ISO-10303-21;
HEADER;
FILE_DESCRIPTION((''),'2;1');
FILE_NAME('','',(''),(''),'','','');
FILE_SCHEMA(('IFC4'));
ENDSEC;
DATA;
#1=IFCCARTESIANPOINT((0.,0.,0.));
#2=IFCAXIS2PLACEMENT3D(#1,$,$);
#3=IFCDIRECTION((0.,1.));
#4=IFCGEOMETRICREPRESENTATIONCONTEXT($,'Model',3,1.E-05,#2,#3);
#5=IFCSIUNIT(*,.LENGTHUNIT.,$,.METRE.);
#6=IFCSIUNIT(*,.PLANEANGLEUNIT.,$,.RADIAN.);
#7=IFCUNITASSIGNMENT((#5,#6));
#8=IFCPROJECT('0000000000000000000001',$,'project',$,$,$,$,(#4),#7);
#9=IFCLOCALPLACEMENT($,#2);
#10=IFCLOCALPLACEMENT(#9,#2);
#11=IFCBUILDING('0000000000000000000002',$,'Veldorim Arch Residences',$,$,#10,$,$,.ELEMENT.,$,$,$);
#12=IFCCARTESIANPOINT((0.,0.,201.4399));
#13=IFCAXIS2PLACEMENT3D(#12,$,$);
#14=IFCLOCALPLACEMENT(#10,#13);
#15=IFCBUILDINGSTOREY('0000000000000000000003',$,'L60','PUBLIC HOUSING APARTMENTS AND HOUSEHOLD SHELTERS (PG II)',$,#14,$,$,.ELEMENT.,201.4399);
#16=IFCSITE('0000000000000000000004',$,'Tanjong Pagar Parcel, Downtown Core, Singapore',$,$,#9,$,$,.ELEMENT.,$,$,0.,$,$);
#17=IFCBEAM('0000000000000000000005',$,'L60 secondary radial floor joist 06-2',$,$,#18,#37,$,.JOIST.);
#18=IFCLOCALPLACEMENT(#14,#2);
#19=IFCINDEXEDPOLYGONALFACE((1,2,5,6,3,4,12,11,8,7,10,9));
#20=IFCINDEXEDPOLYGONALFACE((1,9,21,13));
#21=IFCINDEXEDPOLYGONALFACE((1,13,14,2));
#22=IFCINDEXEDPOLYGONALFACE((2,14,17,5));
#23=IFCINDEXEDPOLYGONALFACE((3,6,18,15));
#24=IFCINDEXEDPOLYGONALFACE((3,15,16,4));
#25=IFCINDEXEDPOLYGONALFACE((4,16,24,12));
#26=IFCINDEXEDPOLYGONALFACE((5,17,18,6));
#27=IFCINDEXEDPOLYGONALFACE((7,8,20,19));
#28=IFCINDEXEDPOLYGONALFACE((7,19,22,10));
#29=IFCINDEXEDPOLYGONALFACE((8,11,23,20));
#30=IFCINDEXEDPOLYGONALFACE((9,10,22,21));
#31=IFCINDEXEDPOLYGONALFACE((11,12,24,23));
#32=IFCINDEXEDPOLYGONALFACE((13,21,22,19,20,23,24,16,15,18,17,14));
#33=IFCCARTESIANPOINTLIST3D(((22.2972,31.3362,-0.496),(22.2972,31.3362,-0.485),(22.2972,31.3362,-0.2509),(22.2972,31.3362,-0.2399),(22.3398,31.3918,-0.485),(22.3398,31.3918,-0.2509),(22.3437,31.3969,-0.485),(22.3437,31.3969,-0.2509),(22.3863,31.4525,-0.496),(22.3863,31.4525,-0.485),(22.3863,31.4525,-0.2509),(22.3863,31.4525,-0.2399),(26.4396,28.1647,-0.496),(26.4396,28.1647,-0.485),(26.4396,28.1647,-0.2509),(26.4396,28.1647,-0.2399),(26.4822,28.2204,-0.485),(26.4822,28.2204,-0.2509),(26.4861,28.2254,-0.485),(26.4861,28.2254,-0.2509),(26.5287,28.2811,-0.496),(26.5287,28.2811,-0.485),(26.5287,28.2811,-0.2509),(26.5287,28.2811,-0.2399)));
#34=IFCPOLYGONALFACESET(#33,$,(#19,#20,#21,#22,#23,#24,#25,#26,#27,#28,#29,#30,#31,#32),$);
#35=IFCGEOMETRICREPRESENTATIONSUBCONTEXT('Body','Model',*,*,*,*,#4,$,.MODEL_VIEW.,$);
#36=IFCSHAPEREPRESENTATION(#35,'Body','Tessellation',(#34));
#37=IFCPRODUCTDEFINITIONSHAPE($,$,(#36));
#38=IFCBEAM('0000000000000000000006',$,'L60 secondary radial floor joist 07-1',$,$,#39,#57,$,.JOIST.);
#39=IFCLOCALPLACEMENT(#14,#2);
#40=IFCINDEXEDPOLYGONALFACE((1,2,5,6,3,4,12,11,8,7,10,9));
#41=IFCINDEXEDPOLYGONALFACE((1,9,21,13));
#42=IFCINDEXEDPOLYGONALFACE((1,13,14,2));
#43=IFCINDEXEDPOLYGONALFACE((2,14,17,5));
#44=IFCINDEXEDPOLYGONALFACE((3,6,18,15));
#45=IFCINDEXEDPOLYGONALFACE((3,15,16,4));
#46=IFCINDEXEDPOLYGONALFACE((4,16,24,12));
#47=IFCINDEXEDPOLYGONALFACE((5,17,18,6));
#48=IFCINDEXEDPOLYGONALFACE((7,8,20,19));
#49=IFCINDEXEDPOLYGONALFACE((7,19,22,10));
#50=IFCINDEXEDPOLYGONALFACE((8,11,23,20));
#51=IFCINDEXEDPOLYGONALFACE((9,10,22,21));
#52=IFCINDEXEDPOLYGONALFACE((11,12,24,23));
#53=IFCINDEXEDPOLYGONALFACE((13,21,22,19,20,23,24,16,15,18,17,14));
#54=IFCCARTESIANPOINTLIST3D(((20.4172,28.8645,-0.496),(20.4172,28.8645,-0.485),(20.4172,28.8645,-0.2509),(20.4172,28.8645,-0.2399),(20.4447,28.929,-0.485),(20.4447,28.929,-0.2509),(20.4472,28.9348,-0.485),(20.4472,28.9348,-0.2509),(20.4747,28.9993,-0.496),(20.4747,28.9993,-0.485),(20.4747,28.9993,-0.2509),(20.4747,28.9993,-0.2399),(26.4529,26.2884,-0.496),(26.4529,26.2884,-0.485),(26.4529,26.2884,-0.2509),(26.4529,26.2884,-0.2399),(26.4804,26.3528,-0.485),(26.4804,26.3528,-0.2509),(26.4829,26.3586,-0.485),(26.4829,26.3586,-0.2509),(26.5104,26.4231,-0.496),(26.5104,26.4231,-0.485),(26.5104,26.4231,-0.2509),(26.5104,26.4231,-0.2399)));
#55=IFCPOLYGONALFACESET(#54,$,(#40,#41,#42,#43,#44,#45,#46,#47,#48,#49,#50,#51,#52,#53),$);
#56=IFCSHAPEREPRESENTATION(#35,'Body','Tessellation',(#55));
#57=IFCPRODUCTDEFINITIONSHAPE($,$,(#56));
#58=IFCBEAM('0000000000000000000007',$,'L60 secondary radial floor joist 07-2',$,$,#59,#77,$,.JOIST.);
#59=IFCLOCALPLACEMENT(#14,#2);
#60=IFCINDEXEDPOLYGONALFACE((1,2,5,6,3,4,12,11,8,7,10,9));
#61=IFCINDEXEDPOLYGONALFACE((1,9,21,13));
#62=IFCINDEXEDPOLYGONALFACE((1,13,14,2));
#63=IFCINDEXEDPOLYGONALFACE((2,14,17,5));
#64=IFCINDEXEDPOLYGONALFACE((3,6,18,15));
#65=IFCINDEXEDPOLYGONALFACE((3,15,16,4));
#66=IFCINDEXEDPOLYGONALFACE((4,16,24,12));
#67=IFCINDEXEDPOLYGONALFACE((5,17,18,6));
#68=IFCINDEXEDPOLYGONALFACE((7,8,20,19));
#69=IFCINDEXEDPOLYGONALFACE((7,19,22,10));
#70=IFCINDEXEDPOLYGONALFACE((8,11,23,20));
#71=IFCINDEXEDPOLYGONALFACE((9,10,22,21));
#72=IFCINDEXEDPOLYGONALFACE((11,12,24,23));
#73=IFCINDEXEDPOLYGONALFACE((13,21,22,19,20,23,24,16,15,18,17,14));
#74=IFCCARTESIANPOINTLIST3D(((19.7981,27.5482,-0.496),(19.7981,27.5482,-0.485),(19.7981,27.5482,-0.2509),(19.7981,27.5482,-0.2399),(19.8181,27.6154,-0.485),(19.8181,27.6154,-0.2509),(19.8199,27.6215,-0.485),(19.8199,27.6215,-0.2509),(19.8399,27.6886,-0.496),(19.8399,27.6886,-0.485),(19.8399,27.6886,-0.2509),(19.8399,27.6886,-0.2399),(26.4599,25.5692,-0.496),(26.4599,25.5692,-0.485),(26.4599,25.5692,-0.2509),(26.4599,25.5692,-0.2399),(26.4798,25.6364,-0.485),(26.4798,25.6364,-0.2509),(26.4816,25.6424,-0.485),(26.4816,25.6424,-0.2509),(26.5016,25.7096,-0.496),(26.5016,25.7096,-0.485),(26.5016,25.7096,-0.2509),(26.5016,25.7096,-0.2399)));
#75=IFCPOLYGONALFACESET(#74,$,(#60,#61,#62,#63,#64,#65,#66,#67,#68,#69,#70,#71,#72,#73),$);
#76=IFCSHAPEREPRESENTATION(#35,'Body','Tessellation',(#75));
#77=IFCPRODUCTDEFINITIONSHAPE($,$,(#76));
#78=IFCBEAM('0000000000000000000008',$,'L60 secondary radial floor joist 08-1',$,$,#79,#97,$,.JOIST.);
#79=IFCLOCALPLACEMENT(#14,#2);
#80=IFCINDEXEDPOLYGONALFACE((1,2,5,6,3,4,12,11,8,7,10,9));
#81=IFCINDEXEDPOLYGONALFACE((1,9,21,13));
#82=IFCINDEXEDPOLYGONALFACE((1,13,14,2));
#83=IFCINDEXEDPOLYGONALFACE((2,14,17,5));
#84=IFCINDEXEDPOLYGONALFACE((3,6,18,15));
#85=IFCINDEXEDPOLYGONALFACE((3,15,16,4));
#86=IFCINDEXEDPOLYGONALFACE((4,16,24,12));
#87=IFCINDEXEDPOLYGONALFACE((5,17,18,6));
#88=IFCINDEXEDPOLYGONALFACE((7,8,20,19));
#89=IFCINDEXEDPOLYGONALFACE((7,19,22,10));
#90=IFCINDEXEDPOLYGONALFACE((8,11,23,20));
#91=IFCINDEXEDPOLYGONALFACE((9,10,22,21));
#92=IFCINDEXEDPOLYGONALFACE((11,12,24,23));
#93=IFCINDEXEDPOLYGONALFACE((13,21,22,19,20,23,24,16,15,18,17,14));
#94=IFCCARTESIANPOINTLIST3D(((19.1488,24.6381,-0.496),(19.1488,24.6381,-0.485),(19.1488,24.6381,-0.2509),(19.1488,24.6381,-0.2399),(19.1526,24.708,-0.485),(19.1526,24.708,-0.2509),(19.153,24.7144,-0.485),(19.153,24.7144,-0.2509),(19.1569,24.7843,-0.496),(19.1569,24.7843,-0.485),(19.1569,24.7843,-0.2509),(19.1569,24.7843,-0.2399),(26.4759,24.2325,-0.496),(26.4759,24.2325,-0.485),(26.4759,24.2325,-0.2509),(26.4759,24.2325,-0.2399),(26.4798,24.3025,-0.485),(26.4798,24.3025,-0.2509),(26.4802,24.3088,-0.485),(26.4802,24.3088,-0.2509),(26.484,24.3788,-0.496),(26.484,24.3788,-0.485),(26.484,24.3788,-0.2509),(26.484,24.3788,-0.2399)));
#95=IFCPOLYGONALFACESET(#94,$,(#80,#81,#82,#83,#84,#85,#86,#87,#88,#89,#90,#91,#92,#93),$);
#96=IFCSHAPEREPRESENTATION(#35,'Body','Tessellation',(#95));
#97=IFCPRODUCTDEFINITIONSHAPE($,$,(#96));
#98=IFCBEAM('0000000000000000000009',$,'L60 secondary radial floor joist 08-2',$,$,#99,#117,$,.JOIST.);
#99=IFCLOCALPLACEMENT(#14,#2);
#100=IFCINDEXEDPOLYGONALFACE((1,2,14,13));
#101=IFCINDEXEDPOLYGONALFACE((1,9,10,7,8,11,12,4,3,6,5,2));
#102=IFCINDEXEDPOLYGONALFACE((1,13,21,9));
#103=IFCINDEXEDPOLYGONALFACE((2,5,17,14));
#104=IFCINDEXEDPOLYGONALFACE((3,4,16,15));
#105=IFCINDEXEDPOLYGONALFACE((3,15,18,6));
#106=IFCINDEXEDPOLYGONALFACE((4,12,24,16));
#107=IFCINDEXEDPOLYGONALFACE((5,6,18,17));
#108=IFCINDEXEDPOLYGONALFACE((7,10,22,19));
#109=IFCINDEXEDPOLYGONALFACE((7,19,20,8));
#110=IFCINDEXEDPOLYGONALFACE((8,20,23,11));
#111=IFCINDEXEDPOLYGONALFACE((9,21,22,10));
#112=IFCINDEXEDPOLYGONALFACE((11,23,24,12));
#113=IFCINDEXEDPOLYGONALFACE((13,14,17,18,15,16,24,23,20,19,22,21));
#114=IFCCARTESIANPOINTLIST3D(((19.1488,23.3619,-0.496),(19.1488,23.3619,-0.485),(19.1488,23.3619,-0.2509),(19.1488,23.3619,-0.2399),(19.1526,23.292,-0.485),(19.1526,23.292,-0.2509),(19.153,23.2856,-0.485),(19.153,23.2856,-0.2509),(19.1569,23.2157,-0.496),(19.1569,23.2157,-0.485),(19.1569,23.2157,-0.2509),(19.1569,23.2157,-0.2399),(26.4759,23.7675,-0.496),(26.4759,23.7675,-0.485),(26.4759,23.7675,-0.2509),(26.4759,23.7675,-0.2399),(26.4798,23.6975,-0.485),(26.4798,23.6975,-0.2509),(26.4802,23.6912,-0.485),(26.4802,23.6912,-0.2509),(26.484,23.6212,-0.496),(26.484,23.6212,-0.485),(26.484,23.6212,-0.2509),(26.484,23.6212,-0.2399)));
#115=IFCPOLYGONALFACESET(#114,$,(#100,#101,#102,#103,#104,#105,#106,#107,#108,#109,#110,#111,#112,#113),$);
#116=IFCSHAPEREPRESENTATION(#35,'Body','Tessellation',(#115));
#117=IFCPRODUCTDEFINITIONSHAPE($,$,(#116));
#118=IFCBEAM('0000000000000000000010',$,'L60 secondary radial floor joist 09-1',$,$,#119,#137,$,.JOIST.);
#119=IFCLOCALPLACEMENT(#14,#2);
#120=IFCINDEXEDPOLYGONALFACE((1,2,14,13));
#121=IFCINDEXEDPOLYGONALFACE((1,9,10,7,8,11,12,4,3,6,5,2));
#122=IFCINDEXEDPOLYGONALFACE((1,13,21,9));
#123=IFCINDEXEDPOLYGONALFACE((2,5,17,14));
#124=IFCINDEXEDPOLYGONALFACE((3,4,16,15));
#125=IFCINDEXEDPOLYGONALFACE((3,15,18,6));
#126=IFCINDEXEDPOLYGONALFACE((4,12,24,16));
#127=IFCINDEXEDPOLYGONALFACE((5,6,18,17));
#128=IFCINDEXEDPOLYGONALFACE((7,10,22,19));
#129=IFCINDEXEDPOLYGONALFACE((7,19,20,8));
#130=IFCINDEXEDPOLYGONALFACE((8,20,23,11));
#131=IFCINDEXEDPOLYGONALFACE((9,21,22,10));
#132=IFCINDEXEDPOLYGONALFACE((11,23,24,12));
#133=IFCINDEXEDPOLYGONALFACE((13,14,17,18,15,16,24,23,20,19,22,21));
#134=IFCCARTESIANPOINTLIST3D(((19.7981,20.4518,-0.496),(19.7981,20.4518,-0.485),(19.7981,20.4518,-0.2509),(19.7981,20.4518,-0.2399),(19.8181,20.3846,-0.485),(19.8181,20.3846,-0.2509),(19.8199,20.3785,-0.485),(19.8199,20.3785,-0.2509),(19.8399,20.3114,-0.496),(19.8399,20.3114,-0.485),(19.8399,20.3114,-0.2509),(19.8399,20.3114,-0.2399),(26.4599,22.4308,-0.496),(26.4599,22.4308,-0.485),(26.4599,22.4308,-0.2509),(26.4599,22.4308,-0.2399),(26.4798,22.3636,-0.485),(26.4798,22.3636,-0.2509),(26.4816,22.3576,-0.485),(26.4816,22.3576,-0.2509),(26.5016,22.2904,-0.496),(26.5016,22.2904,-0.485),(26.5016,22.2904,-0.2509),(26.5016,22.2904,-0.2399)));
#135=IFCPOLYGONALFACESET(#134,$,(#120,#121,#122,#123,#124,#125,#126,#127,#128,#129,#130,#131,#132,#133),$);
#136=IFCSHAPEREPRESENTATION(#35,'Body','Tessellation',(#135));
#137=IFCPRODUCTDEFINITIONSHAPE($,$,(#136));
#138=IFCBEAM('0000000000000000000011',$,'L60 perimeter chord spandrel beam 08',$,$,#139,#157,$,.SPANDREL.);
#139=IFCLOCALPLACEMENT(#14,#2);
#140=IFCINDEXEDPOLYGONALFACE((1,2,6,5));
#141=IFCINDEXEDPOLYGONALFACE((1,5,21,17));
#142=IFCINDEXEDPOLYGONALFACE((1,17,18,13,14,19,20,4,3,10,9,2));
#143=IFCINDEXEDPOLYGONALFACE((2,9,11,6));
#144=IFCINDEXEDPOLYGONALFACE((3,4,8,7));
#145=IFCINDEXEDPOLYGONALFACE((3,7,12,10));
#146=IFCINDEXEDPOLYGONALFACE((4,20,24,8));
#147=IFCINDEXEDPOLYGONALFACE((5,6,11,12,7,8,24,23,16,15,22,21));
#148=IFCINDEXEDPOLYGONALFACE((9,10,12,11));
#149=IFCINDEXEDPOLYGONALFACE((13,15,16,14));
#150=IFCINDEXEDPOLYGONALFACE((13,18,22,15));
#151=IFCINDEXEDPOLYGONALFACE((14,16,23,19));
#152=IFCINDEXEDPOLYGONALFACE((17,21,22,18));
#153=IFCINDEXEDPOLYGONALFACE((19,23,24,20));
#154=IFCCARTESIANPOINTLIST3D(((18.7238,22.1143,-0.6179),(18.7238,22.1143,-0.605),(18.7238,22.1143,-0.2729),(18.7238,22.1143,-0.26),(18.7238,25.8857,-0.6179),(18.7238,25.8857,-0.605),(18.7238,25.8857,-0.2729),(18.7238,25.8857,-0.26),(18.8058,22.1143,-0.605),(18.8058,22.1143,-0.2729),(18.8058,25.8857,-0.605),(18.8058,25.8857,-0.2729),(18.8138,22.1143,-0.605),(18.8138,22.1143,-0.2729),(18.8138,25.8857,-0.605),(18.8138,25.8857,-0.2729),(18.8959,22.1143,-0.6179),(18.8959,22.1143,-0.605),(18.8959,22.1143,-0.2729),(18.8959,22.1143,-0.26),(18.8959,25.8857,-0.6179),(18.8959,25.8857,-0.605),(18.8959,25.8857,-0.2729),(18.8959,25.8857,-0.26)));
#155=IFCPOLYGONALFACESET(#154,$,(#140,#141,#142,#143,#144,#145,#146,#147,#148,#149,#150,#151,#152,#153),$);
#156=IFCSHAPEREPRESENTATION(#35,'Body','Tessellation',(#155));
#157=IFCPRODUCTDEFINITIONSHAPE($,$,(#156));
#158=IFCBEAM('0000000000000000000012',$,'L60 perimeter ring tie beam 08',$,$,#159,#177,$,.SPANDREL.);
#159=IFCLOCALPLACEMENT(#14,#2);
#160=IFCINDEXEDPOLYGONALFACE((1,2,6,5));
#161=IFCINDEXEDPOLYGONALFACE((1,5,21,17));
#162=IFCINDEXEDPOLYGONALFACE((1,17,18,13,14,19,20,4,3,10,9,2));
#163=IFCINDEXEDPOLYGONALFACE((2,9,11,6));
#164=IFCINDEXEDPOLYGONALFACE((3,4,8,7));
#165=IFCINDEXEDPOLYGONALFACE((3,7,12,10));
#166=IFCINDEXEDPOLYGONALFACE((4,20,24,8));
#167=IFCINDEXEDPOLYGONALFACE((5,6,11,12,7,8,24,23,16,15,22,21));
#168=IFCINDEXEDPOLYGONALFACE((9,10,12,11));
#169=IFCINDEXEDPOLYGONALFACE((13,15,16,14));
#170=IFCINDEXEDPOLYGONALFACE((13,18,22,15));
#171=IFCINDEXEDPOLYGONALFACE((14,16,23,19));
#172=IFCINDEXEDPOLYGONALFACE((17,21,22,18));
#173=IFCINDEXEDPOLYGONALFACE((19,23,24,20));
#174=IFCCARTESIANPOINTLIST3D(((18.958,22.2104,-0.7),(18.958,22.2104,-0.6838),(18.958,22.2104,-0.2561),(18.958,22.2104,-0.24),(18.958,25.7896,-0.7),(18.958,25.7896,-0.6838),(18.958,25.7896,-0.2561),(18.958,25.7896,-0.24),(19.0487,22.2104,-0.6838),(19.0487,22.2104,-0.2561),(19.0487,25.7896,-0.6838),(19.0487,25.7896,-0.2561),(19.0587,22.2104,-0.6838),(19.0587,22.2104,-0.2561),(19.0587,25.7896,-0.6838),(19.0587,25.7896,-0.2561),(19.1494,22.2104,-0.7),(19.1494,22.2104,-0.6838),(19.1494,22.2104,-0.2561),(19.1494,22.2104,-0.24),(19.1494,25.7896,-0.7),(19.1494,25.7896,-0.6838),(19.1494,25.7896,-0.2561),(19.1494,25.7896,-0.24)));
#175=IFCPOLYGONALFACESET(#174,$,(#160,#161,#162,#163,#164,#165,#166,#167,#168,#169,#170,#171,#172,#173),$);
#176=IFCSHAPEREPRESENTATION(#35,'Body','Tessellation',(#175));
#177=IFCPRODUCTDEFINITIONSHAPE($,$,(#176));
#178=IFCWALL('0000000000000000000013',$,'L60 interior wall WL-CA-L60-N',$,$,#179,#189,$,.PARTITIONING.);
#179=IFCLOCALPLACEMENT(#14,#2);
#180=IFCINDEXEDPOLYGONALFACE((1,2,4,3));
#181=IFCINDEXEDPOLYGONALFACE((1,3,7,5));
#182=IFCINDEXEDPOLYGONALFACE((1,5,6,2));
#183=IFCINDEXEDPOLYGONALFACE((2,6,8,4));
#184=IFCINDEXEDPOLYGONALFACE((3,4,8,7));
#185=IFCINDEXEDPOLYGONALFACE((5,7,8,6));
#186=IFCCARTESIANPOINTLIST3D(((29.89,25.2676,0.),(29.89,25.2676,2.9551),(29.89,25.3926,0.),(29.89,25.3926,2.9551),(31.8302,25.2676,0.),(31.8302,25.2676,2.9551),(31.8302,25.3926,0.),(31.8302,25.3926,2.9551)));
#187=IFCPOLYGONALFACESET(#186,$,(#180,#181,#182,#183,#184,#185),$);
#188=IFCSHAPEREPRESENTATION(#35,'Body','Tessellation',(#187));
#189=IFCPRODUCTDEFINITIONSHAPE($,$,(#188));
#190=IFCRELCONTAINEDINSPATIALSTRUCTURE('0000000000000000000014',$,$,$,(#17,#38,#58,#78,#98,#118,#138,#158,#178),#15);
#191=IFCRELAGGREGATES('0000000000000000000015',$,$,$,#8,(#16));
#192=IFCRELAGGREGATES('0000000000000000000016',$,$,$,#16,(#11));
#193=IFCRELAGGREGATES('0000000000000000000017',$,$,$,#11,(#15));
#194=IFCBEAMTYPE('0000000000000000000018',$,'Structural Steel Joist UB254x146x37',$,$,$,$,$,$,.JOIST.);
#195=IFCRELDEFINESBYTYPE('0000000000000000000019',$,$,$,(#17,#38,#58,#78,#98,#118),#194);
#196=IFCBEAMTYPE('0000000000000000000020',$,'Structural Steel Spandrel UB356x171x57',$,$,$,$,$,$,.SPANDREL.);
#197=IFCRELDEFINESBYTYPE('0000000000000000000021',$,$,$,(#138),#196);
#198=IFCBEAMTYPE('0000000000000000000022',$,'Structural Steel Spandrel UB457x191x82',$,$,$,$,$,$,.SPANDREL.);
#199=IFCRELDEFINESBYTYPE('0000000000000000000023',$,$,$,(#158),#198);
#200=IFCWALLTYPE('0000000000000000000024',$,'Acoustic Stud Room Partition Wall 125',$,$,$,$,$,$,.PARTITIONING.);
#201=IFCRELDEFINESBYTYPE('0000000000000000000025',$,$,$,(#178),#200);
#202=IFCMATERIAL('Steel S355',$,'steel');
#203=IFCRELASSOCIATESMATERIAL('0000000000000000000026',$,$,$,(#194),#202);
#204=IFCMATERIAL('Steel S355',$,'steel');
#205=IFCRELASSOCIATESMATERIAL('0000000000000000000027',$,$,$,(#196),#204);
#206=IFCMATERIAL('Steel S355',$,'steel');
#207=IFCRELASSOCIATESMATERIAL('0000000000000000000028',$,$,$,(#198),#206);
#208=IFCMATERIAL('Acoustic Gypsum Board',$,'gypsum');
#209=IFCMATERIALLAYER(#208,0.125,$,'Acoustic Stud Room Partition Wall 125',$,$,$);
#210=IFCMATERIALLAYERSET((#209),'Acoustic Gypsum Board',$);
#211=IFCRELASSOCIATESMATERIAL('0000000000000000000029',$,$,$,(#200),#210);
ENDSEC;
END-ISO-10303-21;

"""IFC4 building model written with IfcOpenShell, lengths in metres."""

from ifc_helpers import new_model, si_unit, direction, frame, frame_2d, origin, origin_2d, place, context, subcontext, project, spatial, rectangle, i_section, extrude, material, layer, layer_set, material_profile, profile_set, type_object, element, save


model = new_model("IFC4")

# Units and contexts
model_context = context("Model", 3, precision=1e-05, world=origin(), true_north=direction((0.0, 1.0)))
body_context = subcontext(model_context, "Body", "Model", "MODEL_VIEW")
ifc_project = project(units=[si_unit("LENGTHUNIT", "METRE"), si_unit("PLANEANGLEUNIT", "RADIAN")], contexts=[model_context])

# Site, building, storey
site_placement = place(None, origin())
site = spatial("IfcSite", under=ifc_project, at=site_placement, Name="Tanjong Pagar Parcel, Downtown Core, Singapore", CompositionType="ELEMENT", RefElevation=0.0)
building_placement = place(site_placement, origin())
building = spatial("IfcBuilding", under=site, at=building_placement, Name="Veldorim Arch Residences", CompositionType="ELEMENT")
storey_placement = place(building_placement, frame((0.0, 0.0, 201.4399)))
storey = spatial("IfcBuildingStorey", under=building, at=storey_placement, Name="L60", Description="PUBLIC HOUSING APARTMENTS AND HOUSEHOLD SHELTERS (PG II)", CompositionType="ELEMENT", Elevation=201.4399)

# Beams
ifc_material_1 = material(Name="Steel S355", Category="steel")
ifc_material_profile_1 = material_profile(ifc_material_1, i_section(OverallWidth=0.1465, OverallDepth=0.2561, WebThickness=0.0063, FlangeThickness=0.011, at=origin_2d()), Name="UB254x146x37")
ifc_profile_set_1 = profile_set([ifc_material_profile_1], Name="Steel S355")
beam_type_1 = type_object("IfcBeamType", Name="Structural Steel Joist UB254x146x37", PredefinedType="JOIST", material=ifc_profile_set_1)
beam_1_placement = place(storey_placement, frame((26.4841, 28.2229, -0.3679), z_axis=(-0.794014, 0.6079, 0.0), x_axis=(-0.6079, -0.794014, 0.0)))
element("IfcBeam", 1, at=beam_1_placement, inside=storey, type_object=beam_type_1, Name="L60 secondary radial floor joist 06-2", PredefinedType="JOIST", context=body_context, shape_type="SweptSolid", body=[
    extrude(i_section(OverallWidth=0.1465, OverallDepth=0.2561, WebThickness=0.0063, FlangeThickness=0.011, at=origin_2d()), origin(), (0.0, 0.0, 1.0), 5.217),
])
beam_2_placement = place(storey_placement, frame((26.4817, 26.3557, -0.3679), z_axis=(-0.919725, 0.392563, 0.0), x_axis=(-0.392563, -0.919725, 0.0)))
element("IfcBeam", 2, at=beam_2_placement, inside=storey, type_object=beam_type_1, Name="L60 secondary radial floor joist 07-1", PredefinedType="JOIST", context=body_context, shape_type="SweptSolid", body=[
    extrude(i_section(OverallWidth=0.1465, OverallDepth=0.2561, WebThickness=0.0063, FlangeThickness=0.011, at=origin_2d()), origin(), (0.0, 0.0, 1.0), 6.5625),
])
beam_3_placement = place(storey_placement, frame((26.4807, 25.6394, -0.3679), z_axis=(-0.958594, 0.284775, 0.0), x_axis=(-0.284775, -0.958594, 0.0)))
element("IfcBeam", 3, at=beam_3_placement, inside=storey, type_object=beam_type_1, Name="L60 secondary radial floor joist 07-2", PredefinedType="JOIST", context=body_context, shape_type="SweptSolid", body=[
    extrude(i_section(OverallWidth=0.1465, OverallDepth=0.2561, WebThickness=0.0063, FlangeThickness=0.011, at=origin_2d()), origin(), (0.0, 0.0, 1.0), 6.9495),
])
for number, where, z_axis, x_axis, name in (
    (4, (26.48, 24.3057, -0.3679), (-0.998472, 0.05526, 0.0), (-0.05526, -0.998472, 0.0), "L60 secondary radial floor joist 08-1"),
    (5, (26.48, 23.6943, -0.3679), (-0.998472, -0.05526, 0.0), (0.05526, -0.998472, 0.0), "L60 secondary radial floor joist 08-2"),
):
    element("IfcBeam", number, at=place(storey_placement, frame(where, z_axis=z_axis, x_axis=x_axis)), inside=storey, type_object=beam_type_1, Name=name, PredefinedType="JOIST", context=body_context, shape_type="SweptSolid", body=[
        extrude(i_section(OverallWidth=0.1465, OverallDepth=0.2561, WebThickness=0.0063, FlangeThickness=0.011, at=origin_2d()), origin(), (0.0, 0.0, 1.0), 7.3384),
    ])
beam_4_placement = place(storey_placement, frame((26.4807, 22.3606, -0.3679), z_axis=(-0.958594, -0.284775, 0.0), x_axis=(0.284775, -0.958594, 0.0)))
element("IfcBeam", 6, at=beam_4_placement, inside=storey, type_object=beam_type_1, Name="L60 secondary radial floor joist 09-1", PredefinedType="JOIST", context=body_context, shape_type="SweptSolid", body=[
    extrude(i_section(OverallWidth=0.1465, OverallDepth=0.2561, WebThickness=0.0063, FlangeThickness=0.011, at=origin_2d()), origin(), (0.0, 0.0, 1.0), 6.9495),
])
ifc_material_2 = material(Name="Steel S355", Category="steel")
ifc_material_profile_2 = material_profile(ifc_material_2, i_section(OverallWidth=0.1721, OverallDepth=0.3579, WebThickness=0.0081, FlangeThickness=0.0129, at=origin_2d()), Name="UB356x171x57")
ifc_profile_set_2 = profile_set([ifc_material_profile_2], Name="Steel S355")
beam_type_2 = type_object("IfcBeamType", Name="Structural Steel Spandrel UB356x171x57", PredefinedType="SPANDREL", material=ifc_profile_set_2)
beam_5_placement = place(storey_placement, frame((18.8098, 25.8857, -0.439), z_axis=(0.0, -1.0, 0.0), x_axis=(1.0, 0.0, 0.0)))
element("IfcBeam", 7, at=beam_5_placement, inside=storey, type_object=beam_type_2, Name="L60 perimeter chord spandrel beam 08", PredefinedType="SPANDREL", context=body_context, shape_type="SweptSolid", body=[
    extrude(i_section(OverallWidth=0.1721, OverallDepth=0.3579, WebThickness=0.0081, FlangeThickness=0.0129, at=origin_2d()), origin(), (0.0, 0.0, 1.0), 3.7715),
])
ifc_material_3 = material(Name="Steel S355", Category="steel")
ifc_material_profile_3 = material_profile(ifc_material_3, i_section(OverallWidth=0.1914, OverallDepth=0.46, WebThickness=0.01, FlangeThickness=0.0161, at=origin_2d()), Name="UB457x191x82")
ifc_profile_set_3 = profile_set([ifc_material_profile_3], Name="Steel S355")
beam_type_3 = type_object("IfcBeamType", Name="Structural Steel Spandrel UB457x191x82", PredefinedType="SPANDREL", material=ifc_profile_set_3)
beam_6_placement = place(storey_placement, frame((19.0537, 25.7896, -0.47), z_axis=(0.0, -1.0, 0.0), x_axis=(1.0, 0.0, 0.0)))
element("IfcBeam", 8, at=beam_6_placement, inside=storey, type_object=beam_type_3, Name="L60 perimeter ring tie beam 08", PredefinedType="SPANDREL", context=body_context, shape_type="SweptSolid", body=[
    extrude(i_section(OverallWidth=0.1914, OverallDepth=0.46, WebThickness=0.01, FlangeThickness=0.0161, at=origin_2d()), origin(), (0.0, 0.0, 1.0), 3.5791),
])

# Wall
ifc_material_4 = material(Name="Acoustic Gypsum Board", Category="gypsum")
ifc_layer_1 = layer(ifc_material_4, 0.125, Name="Acoustic Stud Room Partition Wall 125")
ifc_layer_set_1 = layer_set([ifc_layer_1], Name="Acoustic Gypsum Board")
wall_type_1 = type_object("IfcWallType", Name="Acoustic Stud Room Partition Wall 125", PredefinedType="PARTITIONING", material=ifc_layer_set_1)
wall_1_placement = place(storey_placement, frame((29.8899, 25.3301, 0.0), z_axis=(0.0, 0.0, 1.0), x_axis=(1.0, 0.0, 0.0)))
element("IfcWall", 9, at=wall_1_placement, inside=storey, type_object=wall_type_1, Name="L60 interior wall WL-CA-L60-N", PredefinedType="PARTITIONING", context=body_context, shape_type="SweptSolid", body=[
    extrude(rectangle(XDim=1.9402, YDim=0.125, at=frame_2d((0.9702, 0.0))), origin(), (0.0, 0.0, 1.0), 2.9551),
])

save(model, "model.ifc")
